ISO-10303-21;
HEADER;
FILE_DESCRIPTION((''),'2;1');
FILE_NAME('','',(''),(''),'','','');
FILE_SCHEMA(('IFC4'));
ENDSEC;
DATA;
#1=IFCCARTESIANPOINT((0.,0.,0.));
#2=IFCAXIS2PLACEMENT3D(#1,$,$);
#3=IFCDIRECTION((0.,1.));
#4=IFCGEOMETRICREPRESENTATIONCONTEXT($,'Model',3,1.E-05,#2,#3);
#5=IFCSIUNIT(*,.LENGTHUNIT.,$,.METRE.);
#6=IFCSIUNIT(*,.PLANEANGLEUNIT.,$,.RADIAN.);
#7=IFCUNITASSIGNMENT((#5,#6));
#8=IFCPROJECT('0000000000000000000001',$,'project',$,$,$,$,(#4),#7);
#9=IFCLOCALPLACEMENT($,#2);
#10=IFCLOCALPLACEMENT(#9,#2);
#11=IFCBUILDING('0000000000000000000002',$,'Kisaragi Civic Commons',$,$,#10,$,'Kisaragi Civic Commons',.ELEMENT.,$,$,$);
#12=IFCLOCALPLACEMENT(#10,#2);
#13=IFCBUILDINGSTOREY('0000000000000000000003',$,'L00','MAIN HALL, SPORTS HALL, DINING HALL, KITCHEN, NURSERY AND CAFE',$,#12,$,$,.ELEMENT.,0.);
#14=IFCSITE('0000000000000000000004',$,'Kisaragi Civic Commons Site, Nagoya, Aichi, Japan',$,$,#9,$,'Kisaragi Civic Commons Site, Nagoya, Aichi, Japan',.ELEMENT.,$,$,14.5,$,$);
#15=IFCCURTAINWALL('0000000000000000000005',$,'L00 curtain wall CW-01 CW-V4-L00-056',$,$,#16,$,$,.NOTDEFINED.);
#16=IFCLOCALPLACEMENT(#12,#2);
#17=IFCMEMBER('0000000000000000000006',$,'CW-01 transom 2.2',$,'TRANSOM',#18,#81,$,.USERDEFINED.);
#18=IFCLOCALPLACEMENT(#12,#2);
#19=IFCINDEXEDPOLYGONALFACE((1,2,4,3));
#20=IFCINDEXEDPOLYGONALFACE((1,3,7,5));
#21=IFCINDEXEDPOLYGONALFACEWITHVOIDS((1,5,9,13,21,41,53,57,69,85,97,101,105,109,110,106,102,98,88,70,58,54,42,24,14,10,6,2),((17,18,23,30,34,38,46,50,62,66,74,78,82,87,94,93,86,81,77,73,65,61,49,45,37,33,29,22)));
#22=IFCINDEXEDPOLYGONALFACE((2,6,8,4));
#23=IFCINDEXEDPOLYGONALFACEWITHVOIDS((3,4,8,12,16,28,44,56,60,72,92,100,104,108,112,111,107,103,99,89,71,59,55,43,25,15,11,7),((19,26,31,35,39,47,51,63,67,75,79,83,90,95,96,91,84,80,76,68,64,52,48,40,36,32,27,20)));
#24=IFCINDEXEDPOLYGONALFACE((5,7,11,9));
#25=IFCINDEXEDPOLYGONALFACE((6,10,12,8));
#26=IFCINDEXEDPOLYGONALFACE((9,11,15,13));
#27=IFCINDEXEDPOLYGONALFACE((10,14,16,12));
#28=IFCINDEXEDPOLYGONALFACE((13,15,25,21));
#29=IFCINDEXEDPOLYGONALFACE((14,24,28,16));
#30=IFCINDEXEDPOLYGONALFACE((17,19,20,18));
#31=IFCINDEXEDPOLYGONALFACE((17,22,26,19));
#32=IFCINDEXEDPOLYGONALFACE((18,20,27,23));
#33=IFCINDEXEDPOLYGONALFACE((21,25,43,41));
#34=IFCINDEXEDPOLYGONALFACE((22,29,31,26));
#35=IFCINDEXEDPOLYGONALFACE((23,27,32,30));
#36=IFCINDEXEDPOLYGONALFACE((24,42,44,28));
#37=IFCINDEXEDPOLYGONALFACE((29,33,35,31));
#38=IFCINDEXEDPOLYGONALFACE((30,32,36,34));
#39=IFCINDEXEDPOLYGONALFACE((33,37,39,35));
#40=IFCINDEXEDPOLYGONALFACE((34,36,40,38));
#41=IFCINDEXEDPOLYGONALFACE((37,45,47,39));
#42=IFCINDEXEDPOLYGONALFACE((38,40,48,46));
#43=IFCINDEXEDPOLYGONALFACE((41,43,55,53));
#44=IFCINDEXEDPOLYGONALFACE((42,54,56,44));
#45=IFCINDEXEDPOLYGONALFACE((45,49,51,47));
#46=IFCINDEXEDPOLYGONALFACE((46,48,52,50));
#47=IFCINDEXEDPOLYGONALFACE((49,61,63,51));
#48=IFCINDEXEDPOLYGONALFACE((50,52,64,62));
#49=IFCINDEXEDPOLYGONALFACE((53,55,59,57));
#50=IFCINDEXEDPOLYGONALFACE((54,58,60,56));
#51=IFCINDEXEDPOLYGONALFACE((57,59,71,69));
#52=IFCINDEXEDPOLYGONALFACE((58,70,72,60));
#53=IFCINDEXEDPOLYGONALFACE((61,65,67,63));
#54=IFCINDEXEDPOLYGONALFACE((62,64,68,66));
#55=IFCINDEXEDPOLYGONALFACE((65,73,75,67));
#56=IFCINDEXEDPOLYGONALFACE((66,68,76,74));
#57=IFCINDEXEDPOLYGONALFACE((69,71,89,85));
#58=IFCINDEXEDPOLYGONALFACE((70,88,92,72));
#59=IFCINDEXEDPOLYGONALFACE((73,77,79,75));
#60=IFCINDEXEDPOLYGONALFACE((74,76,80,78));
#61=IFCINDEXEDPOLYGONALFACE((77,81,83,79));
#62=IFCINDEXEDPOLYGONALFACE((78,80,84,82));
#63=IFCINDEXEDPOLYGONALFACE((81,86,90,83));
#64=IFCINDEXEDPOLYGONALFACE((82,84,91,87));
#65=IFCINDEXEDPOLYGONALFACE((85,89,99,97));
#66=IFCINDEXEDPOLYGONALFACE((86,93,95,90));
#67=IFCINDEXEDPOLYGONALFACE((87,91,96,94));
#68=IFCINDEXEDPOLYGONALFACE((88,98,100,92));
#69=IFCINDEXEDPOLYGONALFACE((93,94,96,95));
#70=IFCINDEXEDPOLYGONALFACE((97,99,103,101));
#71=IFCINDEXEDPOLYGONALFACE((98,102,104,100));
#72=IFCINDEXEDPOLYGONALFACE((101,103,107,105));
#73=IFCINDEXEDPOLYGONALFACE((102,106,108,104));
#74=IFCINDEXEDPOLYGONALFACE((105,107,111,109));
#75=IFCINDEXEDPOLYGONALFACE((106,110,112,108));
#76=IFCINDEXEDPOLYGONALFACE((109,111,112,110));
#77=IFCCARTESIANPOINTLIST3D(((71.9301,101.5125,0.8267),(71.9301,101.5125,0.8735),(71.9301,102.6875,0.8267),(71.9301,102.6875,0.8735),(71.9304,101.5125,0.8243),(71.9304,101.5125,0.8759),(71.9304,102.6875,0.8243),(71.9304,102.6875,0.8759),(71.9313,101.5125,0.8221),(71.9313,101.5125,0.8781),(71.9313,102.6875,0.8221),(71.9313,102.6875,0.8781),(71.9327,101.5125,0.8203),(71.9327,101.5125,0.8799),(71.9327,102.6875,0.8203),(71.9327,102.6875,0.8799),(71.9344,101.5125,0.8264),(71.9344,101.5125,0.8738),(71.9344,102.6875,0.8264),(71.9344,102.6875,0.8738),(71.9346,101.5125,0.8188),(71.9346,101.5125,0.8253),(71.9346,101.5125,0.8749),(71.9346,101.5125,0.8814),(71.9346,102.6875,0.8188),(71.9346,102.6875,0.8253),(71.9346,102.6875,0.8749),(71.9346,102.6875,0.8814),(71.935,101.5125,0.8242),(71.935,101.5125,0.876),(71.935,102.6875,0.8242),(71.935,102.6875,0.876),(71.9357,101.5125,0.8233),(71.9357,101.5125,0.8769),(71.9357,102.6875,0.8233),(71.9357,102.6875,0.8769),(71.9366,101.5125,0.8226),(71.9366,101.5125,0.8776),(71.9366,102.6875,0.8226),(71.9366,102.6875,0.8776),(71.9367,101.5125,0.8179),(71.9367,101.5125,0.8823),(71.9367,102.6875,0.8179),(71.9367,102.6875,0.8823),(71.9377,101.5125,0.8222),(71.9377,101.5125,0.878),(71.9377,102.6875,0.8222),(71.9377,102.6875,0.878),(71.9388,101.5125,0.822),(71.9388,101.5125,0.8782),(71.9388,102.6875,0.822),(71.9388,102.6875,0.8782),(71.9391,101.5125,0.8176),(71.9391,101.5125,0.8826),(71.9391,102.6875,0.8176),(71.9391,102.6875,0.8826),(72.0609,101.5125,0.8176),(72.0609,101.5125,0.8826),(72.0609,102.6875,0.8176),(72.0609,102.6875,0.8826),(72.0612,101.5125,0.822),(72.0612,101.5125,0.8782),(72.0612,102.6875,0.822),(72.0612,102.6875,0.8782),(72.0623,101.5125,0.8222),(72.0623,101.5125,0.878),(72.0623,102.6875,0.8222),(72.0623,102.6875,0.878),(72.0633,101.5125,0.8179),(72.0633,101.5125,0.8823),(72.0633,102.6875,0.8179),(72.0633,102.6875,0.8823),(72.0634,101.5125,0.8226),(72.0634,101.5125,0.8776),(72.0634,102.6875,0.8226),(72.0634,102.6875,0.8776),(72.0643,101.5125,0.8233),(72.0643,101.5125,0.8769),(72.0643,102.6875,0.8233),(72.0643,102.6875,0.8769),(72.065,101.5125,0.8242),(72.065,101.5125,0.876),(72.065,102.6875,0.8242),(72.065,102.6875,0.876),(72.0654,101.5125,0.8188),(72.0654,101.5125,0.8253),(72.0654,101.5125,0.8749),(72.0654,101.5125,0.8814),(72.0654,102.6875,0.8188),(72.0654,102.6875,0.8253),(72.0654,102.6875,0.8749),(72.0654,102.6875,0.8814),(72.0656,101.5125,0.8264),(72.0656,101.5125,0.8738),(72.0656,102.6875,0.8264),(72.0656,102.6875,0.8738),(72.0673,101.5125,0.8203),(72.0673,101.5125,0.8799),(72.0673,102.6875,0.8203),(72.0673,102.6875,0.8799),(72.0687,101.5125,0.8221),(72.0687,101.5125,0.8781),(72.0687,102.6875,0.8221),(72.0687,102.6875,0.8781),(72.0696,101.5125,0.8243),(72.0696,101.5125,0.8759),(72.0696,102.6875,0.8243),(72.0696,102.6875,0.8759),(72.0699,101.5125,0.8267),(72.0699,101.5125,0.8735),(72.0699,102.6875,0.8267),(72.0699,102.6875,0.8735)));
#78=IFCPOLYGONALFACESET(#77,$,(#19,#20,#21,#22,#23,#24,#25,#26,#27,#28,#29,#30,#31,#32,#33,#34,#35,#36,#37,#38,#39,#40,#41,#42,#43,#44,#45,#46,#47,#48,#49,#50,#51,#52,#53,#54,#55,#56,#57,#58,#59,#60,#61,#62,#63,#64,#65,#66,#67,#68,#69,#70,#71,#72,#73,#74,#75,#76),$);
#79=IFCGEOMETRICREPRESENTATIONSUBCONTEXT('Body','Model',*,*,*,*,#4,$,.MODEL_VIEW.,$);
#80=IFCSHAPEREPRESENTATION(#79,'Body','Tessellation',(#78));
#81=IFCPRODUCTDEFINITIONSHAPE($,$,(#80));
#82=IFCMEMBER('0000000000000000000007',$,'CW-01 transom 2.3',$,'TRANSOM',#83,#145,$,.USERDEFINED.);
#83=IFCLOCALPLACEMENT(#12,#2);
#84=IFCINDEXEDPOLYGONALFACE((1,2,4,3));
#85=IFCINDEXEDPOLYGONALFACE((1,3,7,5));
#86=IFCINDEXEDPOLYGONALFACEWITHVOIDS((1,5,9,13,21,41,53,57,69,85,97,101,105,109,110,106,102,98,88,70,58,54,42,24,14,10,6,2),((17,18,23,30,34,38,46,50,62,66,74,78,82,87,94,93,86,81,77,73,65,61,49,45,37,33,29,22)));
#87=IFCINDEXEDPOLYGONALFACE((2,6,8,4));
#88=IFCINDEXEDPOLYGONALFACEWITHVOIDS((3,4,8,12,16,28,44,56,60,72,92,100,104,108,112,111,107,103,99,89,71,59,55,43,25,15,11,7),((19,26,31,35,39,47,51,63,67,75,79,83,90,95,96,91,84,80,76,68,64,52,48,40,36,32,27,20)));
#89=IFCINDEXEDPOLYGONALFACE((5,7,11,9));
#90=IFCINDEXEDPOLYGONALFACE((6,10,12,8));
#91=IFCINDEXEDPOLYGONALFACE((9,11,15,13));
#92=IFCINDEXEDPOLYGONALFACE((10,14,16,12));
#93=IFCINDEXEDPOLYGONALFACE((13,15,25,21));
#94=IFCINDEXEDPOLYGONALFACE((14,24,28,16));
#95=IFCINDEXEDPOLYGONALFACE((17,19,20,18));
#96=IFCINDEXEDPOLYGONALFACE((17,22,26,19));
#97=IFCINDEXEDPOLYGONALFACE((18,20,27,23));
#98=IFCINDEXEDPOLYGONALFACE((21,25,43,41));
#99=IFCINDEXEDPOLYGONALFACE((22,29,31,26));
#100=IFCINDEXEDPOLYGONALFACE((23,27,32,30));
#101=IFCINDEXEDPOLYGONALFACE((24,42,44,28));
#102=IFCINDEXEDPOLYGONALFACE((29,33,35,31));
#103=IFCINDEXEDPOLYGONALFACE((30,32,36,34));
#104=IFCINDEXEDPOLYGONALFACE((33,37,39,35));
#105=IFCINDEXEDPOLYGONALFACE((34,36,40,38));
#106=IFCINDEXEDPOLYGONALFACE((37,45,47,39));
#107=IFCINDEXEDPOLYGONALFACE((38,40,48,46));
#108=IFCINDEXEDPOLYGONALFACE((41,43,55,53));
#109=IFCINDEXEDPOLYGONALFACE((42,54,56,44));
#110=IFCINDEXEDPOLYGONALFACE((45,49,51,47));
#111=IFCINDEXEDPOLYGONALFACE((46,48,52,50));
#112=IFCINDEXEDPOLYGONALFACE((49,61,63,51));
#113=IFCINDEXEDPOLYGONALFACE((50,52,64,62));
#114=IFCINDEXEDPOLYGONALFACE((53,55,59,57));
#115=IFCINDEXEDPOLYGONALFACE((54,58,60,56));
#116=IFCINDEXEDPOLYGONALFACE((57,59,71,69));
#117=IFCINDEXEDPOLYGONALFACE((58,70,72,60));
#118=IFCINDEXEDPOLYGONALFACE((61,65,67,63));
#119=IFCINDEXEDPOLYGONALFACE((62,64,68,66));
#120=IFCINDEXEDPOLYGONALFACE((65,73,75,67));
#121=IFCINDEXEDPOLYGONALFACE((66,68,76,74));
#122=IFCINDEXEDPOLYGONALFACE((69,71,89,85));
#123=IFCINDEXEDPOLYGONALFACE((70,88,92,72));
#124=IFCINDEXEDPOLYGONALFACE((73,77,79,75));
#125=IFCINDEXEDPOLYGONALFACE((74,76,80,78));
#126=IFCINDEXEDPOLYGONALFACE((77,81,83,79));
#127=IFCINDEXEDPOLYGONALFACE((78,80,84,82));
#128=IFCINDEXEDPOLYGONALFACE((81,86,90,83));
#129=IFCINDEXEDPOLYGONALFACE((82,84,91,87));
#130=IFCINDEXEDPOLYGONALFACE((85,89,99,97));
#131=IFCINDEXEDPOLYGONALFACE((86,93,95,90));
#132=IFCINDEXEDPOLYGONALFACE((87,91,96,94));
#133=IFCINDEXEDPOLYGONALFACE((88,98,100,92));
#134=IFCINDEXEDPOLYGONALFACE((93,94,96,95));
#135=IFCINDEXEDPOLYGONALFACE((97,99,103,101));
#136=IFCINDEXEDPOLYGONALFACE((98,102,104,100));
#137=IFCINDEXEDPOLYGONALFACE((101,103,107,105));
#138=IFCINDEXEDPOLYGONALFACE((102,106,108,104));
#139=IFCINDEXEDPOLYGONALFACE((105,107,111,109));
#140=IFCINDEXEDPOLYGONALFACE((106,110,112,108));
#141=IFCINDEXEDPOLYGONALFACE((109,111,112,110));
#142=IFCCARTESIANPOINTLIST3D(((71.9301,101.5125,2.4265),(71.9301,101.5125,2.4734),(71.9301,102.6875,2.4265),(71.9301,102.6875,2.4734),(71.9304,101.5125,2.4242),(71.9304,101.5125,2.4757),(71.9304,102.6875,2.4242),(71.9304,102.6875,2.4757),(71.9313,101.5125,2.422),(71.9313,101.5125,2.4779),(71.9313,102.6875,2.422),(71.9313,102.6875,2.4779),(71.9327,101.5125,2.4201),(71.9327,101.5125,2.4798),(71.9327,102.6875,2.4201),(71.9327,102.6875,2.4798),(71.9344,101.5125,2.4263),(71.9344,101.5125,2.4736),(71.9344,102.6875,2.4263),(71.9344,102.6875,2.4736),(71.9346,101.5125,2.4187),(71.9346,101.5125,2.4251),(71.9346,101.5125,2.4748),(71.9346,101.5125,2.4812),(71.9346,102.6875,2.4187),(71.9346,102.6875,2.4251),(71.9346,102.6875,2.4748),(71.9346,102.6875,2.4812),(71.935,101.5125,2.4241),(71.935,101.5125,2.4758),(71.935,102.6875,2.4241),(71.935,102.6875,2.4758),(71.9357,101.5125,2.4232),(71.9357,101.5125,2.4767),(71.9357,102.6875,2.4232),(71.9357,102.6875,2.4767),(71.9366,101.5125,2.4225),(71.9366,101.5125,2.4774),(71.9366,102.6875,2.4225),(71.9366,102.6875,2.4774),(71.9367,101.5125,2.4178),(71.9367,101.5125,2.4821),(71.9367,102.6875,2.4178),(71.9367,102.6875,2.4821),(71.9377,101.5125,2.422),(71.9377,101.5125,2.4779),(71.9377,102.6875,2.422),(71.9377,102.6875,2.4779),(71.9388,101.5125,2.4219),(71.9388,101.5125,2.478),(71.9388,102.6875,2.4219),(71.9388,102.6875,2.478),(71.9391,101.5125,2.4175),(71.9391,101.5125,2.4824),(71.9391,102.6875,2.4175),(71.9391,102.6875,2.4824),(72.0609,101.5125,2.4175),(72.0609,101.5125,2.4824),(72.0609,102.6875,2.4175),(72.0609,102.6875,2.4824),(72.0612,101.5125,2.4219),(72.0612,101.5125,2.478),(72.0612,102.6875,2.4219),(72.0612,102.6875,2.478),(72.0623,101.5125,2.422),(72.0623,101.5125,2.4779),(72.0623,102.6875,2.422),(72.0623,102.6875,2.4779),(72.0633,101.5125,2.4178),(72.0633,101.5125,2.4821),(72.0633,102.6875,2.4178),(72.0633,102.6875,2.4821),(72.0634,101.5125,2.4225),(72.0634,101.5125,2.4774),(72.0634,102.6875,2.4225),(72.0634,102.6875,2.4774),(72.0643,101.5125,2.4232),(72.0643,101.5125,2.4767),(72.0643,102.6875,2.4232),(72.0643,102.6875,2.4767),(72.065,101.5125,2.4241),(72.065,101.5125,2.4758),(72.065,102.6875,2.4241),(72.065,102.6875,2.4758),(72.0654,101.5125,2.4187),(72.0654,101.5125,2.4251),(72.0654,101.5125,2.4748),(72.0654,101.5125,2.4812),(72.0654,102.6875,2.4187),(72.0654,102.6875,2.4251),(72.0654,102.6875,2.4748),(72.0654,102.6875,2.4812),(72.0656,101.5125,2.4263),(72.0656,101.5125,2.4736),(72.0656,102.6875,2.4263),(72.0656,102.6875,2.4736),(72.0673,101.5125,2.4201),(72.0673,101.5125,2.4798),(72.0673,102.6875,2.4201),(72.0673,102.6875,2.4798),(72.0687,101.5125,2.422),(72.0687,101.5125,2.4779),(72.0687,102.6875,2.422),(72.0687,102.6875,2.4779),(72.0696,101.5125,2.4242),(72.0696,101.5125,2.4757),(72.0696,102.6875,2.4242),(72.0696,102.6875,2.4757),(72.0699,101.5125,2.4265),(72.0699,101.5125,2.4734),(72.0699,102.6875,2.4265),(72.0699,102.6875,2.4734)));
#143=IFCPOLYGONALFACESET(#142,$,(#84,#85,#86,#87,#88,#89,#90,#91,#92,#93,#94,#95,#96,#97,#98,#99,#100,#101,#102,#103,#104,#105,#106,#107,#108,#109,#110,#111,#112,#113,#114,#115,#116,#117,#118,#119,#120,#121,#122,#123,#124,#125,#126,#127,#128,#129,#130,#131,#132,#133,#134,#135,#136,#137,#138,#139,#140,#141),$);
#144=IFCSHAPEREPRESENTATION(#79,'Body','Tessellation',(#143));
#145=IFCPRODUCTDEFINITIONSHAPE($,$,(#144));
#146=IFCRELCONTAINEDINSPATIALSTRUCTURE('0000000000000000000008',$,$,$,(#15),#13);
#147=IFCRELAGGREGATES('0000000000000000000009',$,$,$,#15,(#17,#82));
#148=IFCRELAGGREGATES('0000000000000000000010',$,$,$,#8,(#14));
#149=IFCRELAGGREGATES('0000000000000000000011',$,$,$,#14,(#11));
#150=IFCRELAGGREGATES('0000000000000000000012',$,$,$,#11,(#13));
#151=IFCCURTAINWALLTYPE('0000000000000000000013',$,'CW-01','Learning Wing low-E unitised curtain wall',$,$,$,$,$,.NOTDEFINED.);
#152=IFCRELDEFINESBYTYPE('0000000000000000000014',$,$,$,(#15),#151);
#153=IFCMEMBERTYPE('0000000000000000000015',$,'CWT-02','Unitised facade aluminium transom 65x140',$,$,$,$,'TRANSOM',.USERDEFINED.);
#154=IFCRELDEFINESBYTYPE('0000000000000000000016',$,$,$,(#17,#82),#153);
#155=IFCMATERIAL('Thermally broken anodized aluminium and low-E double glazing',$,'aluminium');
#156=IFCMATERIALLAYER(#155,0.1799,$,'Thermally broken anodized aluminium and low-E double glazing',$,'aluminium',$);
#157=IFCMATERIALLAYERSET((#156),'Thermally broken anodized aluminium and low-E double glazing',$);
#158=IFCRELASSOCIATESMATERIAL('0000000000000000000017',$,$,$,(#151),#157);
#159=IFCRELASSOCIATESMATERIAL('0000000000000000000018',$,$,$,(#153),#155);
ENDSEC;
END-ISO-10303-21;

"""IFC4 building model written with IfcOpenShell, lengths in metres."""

from ifc_helpers import new_model, si_unit, direction, frame, origin, origin_2d, place, context, subcontext, project, spatial, hollow_rectangle, extrude, material, layer, layer_set, material_profile, profile_set, type_object, element, aggregate, save


model = new_model("IFC4")

# Units and contexts
model_context = context("Model", 3, precision=1e-05, world=origin(), true_north=direction((0.0, 1.0)))
body_context = subcontext(model_context, "Body", "Model", "MODEL_VIEW")
ifc_project = project(units=[si_unit("LENGTHUNIT", "METRE"), si_unit("PLANEANGLEUNIT", "RADIAN")], contexts=[model_context])

# Site, building, storey
site_placement = place(None, origin())
site = spatial("IfcSite", under=ifc_project, at=site_placement, Name="Kisaragi Civic Commons Site, Nagoya, Aichi, Japan", LongName="Kisaragi Civic Commons Site, Nagoya, Aichi, Japan", CompositionType="ELEMENT", RefElevation=14.5)
building_placement = place(site_placement, origin())
building = spatial("IfcBuilding", under=site, at=building_placement, Name="Kisaragi Civic Commons", LongName="Kisaragi Civic Commons", CompositionType="ELEMENT")
storey_placement = place(building_placement, origin())
storey = spatial("IfcBuildingStorey", under=building, at=storey_placement, Name="L00", Description="MAIN HALL, SPORTS HALL, DINING HALL, KITCHEN, NURSERY AND CAFE", CompositionType="ELEMENT", Elevation=0.0)

# Curtain wall, members
ifc_material_1 = material(Name="Thermally broken anodized aluminium and low-E double glazing", Category="aluminium")
ifc_layer_1 = layer(ifc_material_1, 0.1799, Name="Thermally broken anodized aluminium and low-E double glazing", Category="aluminium")
ifc_layer_set_1 = layer_set([ifc_layer_1], Name="Thermally broken anodized aluminium and low-E double glazing")
curtain_wall_type = type_object("IfcCurtainWallType", Name="CW-01", Description="Learning Wing low-E unitised curtain wall", PredefinedType="NOTDEFINED", material=ifc_layer_set_1)
curtain_wall_placement = place(storey_placement, origin())
curtain_wall = element("IfcCurtainWall", 1, at=curtain_wall_placement, inside=storey, type_object=curtain_wall_type, Name="L00 curtain wall CW-01 CW-V4-L00-056", PredefinedType="NOTDEFINED")
ifc_material_profile_1 = material_profile(ifc_material_1, hollow_rectangle(XDim=0.1399, YDim=0.0649, WallThickness=0.0044, InnerFilletRadius=0.0044, OuterFilletRadius=0.009, at=origin_2d()), Name="CWT-65x140x4.5", Category="aluminium")
ifc_profile_set_1 = profile_set([ifc_material_profile_1], Name="Thermally broken anodized aluminium and low-E double glazing")
member_type = type_object("IfcMemberType", Name="CWT-02", Description="Unitised facade aluminium transom 65x140", ElementType="TRANSOM", PredefinedType="USERDEFINED", material=ifc_profile_set_1)
member_1_placement = place(storey_placement, frame((72.0, 101.5125, 0.8501), z_axis=(0.0, 1.0, 0.0), x_axis=(-1.0, 0.0, 0.0)))
member_1 = element("IfcMember", 2, at=member_1_placement, type_object=member_type, Name="CW-01 transom 2.2", ObjectType="TRANSOM", PredefinedType="USERDEFINED", context=body_context, shape_type="SweptSolid", body=[
    extrude(hollow_rectangle(XDim=0.1399, YDim=0.0649, WallThickness=0.0044, InnerFilletRadius=0.0044, OuterFilletRadius=0.009, at=origin_2d()), origin(), (0.0, 0.0, 1.0), 1.175),
])
member_2_placement = place(storey_placement, frame((72.0, 101.5125, 2.45), z_axis=(0.0, 1.0, 0.0), x_axis=(-1.0, 0.0, 0.0)))
member_2 = element("IfcMember", 3, at=member_2_placement, type_object=member_type, Name="CW-01 transom 2.3", ObjectType="TRANSOM", PredefinedType="USERDEFINED", context=body_context, shape_type="SweptSolid", body=[
    extrude(hollow_rectangle(XDim=0.1399, YDim=0.0649, WallThickness=0.0044, InnerFilletRadius=0.0044, OuterFilletRadius=0.009, at=origin_2d()), origin(), (0.0, 0.0, 1.0), 1.175),
])
aggregate(curtain_wall, [member_1, member_2])

save(model, "model.ifc")
